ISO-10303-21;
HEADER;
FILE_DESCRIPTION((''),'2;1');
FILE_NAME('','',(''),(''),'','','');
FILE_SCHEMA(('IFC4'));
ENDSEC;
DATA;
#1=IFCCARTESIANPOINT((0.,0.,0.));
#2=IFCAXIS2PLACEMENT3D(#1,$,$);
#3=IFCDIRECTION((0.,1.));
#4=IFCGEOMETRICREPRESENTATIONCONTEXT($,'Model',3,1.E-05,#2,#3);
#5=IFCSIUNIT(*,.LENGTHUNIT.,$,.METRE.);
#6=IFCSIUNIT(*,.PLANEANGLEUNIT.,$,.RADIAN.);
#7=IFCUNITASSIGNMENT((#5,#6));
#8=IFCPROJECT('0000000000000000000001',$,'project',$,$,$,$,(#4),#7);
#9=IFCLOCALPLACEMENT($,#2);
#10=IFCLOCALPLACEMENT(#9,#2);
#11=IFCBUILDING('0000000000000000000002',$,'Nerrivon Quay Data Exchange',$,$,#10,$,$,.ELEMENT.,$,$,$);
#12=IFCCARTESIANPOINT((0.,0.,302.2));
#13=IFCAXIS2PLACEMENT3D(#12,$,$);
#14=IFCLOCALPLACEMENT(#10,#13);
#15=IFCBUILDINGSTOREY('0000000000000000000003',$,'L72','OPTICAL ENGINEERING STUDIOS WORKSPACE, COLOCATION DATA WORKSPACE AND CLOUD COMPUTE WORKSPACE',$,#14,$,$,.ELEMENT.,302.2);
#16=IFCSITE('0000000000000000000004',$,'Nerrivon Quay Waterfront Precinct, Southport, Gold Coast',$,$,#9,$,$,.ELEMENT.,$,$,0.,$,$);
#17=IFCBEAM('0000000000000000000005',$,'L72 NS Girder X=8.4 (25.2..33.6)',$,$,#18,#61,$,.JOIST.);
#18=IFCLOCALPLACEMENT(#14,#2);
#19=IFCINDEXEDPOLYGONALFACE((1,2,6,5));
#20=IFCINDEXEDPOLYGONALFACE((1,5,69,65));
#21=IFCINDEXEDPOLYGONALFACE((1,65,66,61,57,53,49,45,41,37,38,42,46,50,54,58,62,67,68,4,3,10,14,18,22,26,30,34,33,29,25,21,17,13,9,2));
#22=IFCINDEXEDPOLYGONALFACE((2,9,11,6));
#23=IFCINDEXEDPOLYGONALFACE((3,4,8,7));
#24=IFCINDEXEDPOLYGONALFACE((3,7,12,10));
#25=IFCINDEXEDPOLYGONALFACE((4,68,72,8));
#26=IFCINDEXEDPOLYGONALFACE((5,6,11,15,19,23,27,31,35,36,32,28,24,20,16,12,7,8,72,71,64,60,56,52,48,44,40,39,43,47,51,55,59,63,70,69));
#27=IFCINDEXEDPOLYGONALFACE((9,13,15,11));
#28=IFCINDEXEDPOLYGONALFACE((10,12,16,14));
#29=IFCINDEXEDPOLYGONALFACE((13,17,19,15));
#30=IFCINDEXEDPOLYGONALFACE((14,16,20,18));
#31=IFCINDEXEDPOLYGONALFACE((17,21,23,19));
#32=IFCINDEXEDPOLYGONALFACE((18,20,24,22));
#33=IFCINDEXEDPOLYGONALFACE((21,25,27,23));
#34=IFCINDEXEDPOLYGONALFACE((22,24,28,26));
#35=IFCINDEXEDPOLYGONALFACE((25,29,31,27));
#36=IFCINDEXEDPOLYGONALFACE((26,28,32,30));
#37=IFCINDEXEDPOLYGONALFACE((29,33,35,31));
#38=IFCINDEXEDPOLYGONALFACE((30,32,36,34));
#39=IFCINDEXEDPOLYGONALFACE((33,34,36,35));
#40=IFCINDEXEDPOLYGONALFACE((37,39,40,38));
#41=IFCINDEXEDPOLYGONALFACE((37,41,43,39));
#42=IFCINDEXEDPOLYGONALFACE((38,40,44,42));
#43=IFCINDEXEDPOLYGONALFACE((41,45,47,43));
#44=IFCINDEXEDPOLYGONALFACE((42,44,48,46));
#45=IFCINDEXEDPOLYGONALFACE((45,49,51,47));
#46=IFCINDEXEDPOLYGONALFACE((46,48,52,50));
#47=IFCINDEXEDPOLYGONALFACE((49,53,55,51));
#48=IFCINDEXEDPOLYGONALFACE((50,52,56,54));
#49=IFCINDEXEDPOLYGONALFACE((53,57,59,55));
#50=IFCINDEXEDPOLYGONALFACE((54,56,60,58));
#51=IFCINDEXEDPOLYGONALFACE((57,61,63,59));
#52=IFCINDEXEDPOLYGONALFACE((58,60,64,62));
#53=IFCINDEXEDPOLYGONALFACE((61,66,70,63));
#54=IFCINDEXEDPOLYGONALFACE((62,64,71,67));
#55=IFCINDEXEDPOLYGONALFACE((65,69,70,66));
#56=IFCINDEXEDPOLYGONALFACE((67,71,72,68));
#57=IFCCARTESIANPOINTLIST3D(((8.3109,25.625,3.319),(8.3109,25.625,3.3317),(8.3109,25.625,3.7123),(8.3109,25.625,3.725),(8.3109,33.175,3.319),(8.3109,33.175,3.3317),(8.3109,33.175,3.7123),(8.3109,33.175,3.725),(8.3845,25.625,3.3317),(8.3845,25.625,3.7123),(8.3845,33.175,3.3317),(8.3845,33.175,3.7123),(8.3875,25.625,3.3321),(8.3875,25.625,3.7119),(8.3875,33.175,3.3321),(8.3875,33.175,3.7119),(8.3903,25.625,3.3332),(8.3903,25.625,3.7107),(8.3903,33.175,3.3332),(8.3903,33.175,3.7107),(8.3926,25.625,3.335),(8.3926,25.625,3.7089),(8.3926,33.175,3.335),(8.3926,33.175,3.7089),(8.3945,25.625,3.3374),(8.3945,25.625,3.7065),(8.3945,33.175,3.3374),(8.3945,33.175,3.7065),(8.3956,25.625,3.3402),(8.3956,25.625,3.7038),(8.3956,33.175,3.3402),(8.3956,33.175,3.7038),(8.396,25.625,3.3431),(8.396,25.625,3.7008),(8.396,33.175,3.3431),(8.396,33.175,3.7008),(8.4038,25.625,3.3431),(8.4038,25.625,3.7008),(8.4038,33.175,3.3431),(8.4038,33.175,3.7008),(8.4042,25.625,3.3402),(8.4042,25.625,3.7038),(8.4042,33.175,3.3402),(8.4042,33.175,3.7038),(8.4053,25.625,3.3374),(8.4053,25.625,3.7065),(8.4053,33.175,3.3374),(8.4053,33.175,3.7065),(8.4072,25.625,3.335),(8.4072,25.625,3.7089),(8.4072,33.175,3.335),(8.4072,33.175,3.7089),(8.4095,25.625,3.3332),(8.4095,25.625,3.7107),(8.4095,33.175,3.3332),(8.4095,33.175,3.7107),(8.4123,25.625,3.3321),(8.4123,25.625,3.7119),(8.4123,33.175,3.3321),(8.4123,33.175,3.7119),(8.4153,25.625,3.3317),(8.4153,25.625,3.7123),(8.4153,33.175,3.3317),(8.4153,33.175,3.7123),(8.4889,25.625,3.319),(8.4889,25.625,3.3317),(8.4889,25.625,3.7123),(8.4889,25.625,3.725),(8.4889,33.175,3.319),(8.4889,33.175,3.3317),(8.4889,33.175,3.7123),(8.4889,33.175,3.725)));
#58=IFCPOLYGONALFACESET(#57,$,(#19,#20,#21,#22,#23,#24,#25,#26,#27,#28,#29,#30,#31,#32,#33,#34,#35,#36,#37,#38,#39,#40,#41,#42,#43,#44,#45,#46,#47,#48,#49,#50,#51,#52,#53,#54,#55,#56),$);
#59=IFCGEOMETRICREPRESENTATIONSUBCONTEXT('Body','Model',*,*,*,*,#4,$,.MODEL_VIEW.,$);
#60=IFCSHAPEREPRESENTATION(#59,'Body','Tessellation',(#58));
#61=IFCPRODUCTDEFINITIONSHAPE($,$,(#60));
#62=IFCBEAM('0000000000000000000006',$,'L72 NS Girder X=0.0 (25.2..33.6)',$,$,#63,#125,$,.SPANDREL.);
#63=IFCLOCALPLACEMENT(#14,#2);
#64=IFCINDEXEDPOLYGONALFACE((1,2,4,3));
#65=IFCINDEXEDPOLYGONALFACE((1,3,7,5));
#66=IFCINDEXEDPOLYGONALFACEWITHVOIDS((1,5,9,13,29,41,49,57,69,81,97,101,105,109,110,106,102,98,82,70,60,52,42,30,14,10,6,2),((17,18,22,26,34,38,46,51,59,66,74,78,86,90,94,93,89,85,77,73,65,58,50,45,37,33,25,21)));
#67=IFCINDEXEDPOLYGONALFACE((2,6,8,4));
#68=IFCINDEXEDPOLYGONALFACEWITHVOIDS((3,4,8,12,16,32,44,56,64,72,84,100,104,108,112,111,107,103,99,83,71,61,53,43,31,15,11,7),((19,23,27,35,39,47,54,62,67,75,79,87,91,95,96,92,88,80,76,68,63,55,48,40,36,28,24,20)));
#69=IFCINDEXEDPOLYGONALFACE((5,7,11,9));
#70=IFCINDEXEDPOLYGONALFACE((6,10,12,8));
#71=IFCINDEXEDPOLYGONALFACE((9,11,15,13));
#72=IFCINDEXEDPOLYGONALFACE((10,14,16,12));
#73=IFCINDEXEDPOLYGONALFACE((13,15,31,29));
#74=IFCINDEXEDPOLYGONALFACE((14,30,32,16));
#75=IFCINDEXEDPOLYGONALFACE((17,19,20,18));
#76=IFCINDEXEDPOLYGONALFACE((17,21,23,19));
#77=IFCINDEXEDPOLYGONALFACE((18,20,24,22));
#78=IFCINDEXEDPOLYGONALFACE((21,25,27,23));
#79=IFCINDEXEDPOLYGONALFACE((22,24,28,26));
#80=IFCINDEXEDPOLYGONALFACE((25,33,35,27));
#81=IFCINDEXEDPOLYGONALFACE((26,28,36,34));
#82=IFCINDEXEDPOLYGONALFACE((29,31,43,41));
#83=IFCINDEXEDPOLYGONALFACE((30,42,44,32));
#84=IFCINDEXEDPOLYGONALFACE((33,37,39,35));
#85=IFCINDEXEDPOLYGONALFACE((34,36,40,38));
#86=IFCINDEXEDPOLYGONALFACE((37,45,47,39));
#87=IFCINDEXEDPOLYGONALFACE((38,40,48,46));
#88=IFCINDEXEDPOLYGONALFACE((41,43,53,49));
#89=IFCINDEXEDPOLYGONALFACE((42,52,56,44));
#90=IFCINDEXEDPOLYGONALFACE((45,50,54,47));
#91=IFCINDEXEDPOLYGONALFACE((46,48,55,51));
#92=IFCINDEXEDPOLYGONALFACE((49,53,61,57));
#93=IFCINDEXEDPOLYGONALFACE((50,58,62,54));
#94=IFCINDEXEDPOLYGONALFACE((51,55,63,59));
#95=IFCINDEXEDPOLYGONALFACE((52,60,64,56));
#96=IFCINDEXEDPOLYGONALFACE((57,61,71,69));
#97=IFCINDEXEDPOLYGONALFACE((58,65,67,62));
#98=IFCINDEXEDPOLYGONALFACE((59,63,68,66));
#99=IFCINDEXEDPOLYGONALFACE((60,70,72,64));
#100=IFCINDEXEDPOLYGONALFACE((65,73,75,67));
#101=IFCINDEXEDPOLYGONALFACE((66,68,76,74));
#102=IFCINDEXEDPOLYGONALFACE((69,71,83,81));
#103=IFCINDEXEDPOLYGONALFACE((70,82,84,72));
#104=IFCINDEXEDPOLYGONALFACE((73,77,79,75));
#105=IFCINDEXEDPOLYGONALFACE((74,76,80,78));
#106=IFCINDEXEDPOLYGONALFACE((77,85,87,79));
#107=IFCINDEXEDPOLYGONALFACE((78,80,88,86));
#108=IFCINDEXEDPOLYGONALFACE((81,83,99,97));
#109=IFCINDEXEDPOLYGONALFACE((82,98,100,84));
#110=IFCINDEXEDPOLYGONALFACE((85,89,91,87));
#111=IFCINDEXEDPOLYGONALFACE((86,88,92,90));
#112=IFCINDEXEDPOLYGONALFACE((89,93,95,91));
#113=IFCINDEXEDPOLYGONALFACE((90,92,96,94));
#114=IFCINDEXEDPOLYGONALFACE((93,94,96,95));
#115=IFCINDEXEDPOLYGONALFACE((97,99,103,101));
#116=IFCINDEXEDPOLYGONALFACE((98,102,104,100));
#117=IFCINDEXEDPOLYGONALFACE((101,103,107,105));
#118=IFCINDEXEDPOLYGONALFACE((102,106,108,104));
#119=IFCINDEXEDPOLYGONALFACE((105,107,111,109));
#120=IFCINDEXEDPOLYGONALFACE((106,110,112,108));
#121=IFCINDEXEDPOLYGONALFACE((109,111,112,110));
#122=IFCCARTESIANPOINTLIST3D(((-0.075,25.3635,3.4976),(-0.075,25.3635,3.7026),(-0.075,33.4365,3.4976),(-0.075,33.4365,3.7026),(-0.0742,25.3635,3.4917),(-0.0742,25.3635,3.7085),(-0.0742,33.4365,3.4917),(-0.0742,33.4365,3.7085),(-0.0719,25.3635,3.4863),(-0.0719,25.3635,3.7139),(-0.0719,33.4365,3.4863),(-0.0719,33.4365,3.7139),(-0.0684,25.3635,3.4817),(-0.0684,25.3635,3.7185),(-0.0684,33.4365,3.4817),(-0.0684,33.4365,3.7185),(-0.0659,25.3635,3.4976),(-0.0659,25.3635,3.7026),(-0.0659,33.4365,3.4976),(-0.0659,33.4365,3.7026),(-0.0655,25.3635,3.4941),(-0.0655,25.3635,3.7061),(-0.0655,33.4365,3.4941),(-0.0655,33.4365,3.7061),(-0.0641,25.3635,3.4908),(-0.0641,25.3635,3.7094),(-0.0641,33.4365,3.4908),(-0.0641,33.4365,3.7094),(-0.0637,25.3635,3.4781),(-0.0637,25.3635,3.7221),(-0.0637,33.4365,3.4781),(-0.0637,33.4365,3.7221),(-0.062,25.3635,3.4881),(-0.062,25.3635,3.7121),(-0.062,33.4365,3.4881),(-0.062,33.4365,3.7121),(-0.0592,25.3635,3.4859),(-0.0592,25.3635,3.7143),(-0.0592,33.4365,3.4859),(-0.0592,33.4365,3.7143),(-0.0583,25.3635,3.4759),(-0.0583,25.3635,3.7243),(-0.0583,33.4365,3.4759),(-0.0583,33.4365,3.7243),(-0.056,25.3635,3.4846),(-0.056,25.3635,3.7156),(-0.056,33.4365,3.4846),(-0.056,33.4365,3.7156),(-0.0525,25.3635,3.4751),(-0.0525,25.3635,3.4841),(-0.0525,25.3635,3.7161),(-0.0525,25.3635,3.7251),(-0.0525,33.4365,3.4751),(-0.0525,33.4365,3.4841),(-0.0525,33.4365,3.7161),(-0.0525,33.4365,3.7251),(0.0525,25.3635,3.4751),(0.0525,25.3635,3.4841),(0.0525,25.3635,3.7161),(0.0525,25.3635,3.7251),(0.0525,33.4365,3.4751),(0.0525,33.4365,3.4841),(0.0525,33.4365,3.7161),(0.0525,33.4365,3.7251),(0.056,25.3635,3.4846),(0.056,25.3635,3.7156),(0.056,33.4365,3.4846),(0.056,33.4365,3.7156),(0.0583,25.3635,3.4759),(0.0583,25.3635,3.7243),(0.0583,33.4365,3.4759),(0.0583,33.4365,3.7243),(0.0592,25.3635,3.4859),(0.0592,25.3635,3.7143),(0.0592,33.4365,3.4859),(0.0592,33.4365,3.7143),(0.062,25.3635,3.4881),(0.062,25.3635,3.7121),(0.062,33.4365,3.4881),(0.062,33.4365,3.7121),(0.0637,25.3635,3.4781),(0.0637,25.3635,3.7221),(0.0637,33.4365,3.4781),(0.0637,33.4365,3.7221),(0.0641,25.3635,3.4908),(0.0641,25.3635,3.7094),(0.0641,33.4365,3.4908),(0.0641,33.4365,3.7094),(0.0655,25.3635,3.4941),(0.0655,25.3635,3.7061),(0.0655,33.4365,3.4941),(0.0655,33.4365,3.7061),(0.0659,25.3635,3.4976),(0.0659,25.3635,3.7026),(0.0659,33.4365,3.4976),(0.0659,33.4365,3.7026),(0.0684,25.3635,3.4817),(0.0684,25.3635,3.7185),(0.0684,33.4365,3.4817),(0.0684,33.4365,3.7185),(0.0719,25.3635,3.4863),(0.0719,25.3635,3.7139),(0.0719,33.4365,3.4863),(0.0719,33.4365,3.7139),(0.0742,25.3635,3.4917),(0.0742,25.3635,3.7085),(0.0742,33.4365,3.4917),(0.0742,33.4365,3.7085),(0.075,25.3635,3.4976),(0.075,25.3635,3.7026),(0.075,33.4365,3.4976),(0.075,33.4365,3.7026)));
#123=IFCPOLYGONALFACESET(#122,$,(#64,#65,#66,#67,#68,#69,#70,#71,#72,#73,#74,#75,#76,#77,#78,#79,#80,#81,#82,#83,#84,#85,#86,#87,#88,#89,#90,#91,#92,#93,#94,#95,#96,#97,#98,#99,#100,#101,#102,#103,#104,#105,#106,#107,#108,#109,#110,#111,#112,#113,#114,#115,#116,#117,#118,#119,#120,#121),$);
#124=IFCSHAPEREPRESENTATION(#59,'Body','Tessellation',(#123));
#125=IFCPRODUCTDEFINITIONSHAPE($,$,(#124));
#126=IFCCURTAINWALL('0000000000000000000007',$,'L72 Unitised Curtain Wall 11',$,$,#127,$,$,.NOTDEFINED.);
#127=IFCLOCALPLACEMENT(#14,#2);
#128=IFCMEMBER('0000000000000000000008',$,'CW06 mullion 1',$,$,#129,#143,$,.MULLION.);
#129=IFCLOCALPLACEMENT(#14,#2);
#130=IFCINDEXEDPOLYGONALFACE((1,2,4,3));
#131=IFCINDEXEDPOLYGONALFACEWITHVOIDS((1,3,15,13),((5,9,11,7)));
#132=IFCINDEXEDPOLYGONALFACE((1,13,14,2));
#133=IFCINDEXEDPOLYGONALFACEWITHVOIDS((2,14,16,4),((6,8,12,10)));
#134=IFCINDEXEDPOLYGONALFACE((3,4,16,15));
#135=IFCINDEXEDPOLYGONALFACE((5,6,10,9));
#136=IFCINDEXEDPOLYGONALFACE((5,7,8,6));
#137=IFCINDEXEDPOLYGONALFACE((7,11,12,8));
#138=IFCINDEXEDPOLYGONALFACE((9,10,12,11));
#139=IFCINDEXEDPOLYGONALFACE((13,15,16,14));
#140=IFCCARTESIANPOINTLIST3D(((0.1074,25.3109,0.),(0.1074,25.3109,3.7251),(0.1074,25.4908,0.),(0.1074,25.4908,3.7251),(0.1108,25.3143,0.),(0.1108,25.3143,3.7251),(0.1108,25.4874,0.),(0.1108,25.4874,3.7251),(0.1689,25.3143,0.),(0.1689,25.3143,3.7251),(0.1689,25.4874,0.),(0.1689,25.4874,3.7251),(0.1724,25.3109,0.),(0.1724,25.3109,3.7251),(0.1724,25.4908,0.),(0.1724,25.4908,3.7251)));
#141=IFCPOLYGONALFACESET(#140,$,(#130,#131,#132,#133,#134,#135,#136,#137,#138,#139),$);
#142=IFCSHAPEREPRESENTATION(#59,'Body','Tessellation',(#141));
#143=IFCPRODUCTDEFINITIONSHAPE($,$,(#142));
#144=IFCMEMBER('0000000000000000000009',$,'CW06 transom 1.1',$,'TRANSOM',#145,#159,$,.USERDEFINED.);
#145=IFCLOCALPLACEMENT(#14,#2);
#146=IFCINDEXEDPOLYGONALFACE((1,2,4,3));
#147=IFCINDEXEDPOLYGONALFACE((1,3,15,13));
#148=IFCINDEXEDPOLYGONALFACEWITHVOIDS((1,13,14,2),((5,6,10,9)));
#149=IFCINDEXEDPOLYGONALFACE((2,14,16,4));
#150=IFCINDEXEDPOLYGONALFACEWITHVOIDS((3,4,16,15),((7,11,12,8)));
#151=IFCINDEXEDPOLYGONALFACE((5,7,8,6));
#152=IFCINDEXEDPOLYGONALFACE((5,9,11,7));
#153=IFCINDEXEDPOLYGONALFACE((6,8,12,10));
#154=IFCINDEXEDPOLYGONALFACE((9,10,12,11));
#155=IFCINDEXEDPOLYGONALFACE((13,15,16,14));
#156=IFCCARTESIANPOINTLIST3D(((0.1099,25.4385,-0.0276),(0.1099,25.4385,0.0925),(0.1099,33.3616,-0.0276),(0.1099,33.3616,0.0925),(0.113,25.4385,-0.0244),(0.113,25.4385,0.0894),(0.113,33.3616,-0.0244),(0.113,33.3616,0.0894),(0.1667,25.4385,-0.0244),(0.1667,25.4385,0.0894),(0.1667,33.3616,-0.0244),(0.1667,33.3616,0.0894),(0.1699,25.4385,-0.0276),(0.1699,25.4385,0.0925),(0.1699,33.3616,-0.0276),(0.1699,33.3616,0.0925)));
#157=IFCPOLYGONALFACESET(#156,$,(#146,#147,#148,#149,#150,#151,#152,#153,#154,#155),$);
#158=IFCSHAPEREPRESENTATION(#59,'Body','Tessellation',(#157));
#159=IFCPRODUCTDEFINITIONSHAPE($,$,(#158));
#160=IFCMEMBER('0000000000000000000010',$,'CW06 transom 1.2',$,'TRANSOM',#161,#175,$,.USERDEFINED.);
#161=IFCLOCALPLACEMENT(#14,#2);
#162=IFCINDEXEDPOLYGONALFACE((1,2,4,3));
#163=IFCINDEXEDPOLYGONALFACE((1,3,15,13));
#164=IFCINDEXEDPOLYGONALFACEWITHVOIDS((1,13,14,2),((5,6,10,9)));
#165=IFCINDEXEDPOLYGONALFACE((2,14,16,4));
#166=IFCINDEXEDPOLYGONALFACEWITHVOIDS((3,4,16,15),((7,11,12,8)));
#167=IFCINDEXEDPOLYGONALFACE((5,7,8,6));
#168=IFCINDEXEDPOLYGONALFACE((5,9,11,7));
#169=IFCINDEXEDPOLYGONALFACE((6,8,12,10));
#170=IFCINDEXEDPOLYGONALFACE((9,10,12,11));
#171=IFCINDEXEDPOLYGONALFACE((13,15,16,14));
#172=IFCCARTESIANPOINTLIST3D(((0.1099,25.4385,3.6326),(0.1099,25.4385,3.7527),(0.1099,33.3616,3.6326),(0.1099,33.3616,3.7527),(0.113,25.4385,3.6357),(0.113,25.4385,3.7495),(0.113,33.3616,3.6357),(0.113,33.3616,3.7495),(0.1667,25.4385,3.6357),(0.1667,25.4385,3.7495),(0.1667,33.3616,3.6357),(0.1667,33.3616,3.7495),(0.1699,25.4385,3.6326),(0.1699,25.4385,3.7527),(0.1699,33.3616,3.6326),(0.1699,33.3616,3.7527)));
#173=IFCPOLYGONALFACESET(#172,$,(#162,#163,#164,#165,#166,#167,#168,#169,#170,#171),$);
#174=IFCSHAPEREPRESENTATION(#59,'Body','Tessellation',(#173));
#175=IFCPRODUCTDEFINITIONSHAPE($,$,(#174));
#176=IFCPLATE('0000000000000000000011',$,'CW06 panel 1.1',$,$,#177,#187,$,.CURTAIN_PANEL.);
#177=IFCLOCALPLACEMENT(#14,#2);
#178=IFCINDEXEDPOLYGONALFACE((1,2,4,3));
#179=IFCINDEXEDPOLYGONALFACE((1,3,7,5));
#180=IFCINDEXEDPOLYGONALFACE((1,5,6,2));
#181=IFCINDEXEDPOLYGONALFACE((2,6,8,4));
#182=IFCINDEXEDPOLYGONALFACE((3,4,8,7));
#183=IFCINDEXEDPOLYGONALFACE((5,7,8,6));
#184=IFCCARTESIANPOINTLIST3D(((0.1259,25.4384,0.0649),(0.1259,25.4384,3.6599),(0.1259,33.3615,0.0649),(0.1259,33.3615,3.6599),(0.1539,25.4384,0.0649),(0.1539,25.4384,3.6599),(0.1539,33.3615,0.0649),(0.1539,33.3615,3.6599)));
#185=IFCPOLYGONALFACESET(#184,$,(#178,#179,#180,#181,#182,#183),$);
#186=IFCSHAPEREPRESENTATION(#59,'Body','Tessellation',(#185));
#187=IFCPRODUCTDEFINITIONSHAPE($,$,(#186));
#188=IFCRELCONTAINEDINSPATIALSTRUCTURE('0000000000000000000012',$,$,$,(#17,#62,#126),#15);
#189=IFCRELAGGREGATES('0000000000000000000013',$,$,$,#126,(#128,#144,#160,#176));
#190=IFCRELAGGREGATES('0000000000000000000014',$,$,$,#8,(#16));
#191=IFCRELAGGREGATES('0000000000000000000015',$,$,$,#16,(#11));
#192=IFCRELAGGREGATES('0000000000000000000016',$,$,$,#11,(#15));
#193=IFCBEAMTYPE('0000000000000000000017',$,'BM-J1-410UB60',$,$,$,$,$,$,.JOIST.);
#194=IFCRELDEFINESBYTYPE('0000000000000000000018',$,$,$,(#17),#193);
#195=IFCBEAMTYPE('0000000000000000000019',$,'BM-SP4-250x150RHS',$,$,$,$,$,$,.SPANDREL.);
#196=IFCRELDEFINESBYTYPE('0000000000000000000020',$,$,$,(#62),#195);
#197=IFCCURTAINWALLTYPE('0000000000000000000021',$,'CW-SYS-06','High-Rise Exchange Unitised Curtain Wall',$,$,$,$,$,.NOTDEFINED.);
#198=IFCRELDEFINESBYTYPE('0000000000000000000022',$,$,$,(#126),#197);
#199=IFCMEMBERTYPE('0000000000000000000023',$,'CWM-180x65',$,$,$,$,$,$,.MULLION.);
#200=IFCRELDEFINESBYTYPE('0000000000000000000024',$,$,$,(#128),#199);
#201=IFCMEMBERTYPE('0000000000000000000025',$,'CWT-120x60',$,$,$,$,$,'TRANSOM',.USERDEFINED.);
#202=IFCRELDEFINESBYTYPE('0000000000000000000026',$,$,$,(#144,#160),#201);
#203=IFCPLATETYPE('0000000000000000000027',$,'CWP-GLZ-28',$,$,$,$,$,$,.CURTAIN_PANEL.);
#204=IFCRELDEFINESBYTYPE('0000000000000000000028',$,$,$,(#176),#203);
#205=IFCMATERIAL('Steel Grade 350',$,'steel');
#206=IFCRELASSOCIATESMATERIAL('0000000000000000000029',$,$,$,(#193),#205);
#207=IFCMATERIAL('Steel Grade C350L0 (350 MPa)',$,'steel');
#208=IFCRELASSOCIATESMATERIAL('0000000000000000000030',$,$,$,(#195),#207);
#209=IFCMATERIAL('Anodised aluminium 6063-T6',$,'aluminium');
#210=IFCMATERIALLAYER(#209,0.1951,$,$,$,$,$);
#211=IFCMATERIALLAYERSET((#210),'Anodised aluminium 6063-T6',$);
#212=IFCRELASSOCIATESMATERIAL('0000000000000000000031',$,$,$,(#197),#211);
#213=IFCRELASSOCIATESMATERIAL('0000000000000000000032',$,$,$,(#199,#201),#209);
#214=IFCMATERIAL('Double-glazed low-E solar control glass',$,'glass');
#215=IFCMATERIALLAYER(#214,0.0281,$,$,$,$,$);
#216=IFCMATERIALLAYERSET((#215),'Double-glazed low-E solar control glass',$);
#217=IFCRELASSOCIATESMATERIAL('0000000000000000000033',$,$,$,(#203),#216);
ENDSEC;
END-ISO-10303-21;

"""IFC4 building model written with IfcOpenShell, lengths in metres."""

from ifc_helpers import new_model, si_unit, direction, frame, origin, origin_2d, place, context, subcontext, project, spatial, rectangle, hollow_rectangle, i_section, extrude, material, layer, layer_set, material_profile, profile_set, type_object, element, aggregate, save


model = new_model("IFC4")

# Units and contexts
model_context = context("Model", 3, precision=1e-05, world=origin(), true_north=direction((0.0, 1.0)))
body_context = subcontext(model_context, "Body", "Model", "MODEL_VIEW")
ifc_project = project(units=[si_unit("LENGTHUNIT", "METRE"), si_unit("PLANEANGLEUNIT", "RADIAN")], contexts=[model_context])

# Site, building, storey
site_placement = place(None, origin())
site = spatial("IfcSite", under=ifc_project, at=site_placement, Name="Nerrivon Quay Waterfront Precinct, Southport, Gold Coast", CompositionType="ELEMENT", RefElevation=0.0)
building_placement = place(site_placement, origin())
building = spatial("IfcBuilding", under=site, at=building_placement, Name="Nerrivon Quay Data Exchange", CompositionType="ELEMENT")
storey_placement = place(building_placement, frame((0.0, 0.0, 302.2)))
storey = spatial("IfcBuildingStorey", under=building, at=storey_placement, Name="L72", Description="OPTICAL ENGINEERING STUDIOS WORKSPACE, COLOCATION DATA WORKSPACE AND CLOUD COMPUTE WORKSPACE", CompositionType="ELEMENT", Elevation=302.2)

# Beams
ifc_material_1 = material(Name="Steel Grade 350", Category="steel")
ifc_material_profile_1 = material_profile(ifc_material_1, i_section(OverallWidth=0.178, OverallDepth=0.406, WebThickness=0.0078, FlangeThickness=0.0127, FilletRadius=0.0115, at=origin_2d()), Name="410UB59.7")
ifc_profile_set_1 = profile_set([ifc_material_profile_1], Name="Steel Grade 350")
beam_type_1 = type_object("IfcBeamType", Name="BM-J1-410UB60", PredefinedType="JOIST", material=ifc_profile_set_1)
beam_1_placement = place(storey_placement, frame((8.3999, 25.625, 3.522), z_axis=(0.0, 1.0, 0.0), x_axis=(-1.0, 0.0, 0.0)))
element("IfcBeam", 1, at=beam_1_placement, inside=storey, type_object=beam_type_1, Name="L72 NS Girder X=8.4 (25.2..33.6)", PredefinedType="JOIST", context=body_context, shape_type="SweptSolid", body=[
    extrude(i_section(OverallWidth=0.178, OverallDepth=0.406, WebThickness=0.0078, FlangeThickness=0.0127, FilletRadius=0.0115, at=origin_2d()), origin(), (0.0, 0.0, 1.0), 7.55),
])
ifc_material_2 = material(Name="Steel Grade C350L0 (350 MPa)", Category="steel")
ifc_material_profile_2 = material_profile(ifc_material_2, hollow_rectangle(XDim=0.1499, YDim=0.25, WallThickness=0.009, InnerFilletRadius=0.0134, OuterFilletRadius=0.0225, at=origin_2d()), Name="250x150x9.0RHS")
ifc_profile_set_2 = profile_set([ifc_material_profile_2], Name="Steel Grade C350L0 (350 MPa)")
beam_type_2 = type_object("IfcBeamType", Name="BM-SP4-250x150RHS", PredefinedType="SPANDREL", material=ifc_profile_set_2)
beam_2_placement = place(storey_placement, frame((0.0, 25.3635, 3.6001), z_axis=(0.0, 1.0, 0.0), x_axis=(-1.0, 0.0, 0.0)))
element("IfcBeam", 2, at=beam_2_placement, inside=storey, type_object=beam_type_2, Name="L72 NS Girder X=0.0 (25.2..33.6)", PredefinedType="SPANDREL", context=body_context, shape_type="SweptSolid", body=[
    extrude(hollow_rectangle(XDim=0.1499, YDim=0.25, WallThickness=0.009, InnerFilletRadius=0.0134, OuterFilletRadius=0.0225, at=origin_2d()), origin(), (0.0, 0.0, 1.0), 8.073),
])

# Curtain wall, members, plate
ifc_material_3 = material(Name="Anodised aluminium 6063-T6", Category="aluminium")
ifc_layer_1 = layer(ifc_material_3, 0.1951)
ifc_layer_set_1 = layer_set([ifc_layer_1], Name="Anodised aluminium 6063-T6")
curtain_wall_type = type_object("IfcCurtainWallType", Name="CW-SYS-06", Description="High-Rise Exchange Unitised Curtain Wall", PredefinedType="NOTDEFINED", material=ifc_layer_set_1)
curtain_wall_placement = place(storey_placement, origin())
curtain_wall = element("IfcCurtainWall", 3, at=curtain_wall_placement, inside=storey, type_object=curtain_wall_type, Name="L72 Unitised Curtain Wall 11", PredefinedType="NOTDEFINED")
ifc_material_profile_3 = material_profile(ifc_material_3, hollow_rectangle(XDim=0.0649, YDim=0.1799, WallThickness=0.0034, at=origin_2d()), Name="ALU-MULL-180x65")
ifc_profile_set_3 = profile_set([ifc_material_profile_3], Name="Anodised aluminium 6063-T6")
member_type_1 = type_object("IfcMemberType", Name="CWM-180x65", PredefinedType="MULLION", material=ifc_profile_set_3)
member_1_placement = place(storey_placement, frame((0.1399, 25.4009, 0.0), z_axis=(0.0, 0.0, 1.0), x_axis=(-1.0, 0.0, 0.0)))
member_1 = element("IfcMember", 4, at=member_1_placement, type_object=member_type_1, Name="CW06 mullion 1", PredefinedType="MULLION", context=body_context, shape_type="SweptSolid", body=[
    extrude(hollow_rectangle(XDim=0.0649, YDim=0.1799, WallThickness=0.0034, at=origin_2d()), origin(), (0.0, 0.0, 1.0), 3.7251),
])
ifc_material_profile_4 = material_profile(ifc_material_3, hollow_rectangle(XDim=0.0601, YDim=0.1201, WallThickness=0.0032, at=origin_2d()), Name="ALU-TRAN-120x60")
ifc_profile_set_4 = profile_set([ifc_material_profile_4], Name="Anodised aluminium 6063-T6")
member_type_2 = type_object("IfcMemberType", Name="CWT-120x60", ElementType="TRANSOM", PredefinedType="USERDEFINED", material=ifc_profile_set_4)
member_2_placement = place(storey_placement, frame((0.1399, 25.4385, 0.0325), z_axis=(0.0, 1.0, 0.0), x_axis=(-1.0, 0.0, 0.0)))
member_2 = element("IfcMember", 5, at=member_2_placement, type_object=member_type_2, Name="CW06 transom 1.1", ObjectType="TRANSOM", PredefinedType="USERDEFINED", context=body_context, shape_type="SweptSolid", body=[
    extrude(hollow_rectangle(XDim=0.0601, YDim=0.1201, WallThickness=0.0032, at=origin_2d()), origin(), (0.0, 0.0, 1.0), 7.9231),
])
member_3_placement = place(storey_placement, frame((0.1399, 25.4385, 3.6926), z_axis=(0.0, 1.0, 0.0), x_axis=(-1.0, 0.0, 0.0)))
member_3 = element("IfcMember", 6, at=member_3_placement, type_object=member_type_2, Name="CW06 transom 1.2", ObjectType="TRANSOM", PredefinedType="USERDEFINED", context=body_context, shape_type="SweptSolid", body=[
    extrude(hollow_rectangle(XDim=0.0601, YDim=0.1201, WallThickness=0.0032, at=origin_2d()), origin(), (0.0, 0.0, 1.0), 7.9231),
])
ifc_material_4 = material(Name="Double-glazed low-E solar control glass", Category="glass")
ifc_layer_2 = layer(ifc_material_4, 0.0281)
ifc_layer_set_2 = layer_set([ifc_layer_2], Name="Double-glazed low-E solar control glass")
plate_type = type_object("IfcPlateType", Name="CWP-GLZ-28", PredefinedType="CURTAIN_PANEL", material=ifc_layer_set_2)
plate_placement = place(storey_placement, frame((0.1399, 29.3999, 0.0649), z_axis=(0.0, 0.0, 1.0), x_axis=(0.0, 1.0, 0.0)))
plate = element("IfcPlate", 7, at=plate_placement, type_object=plate_type, Name="CW06 panel 1.1", PredefinedType="CURTAIN_PANEL", context=body_context, shape_type="SweptSolid", body=[
    extrude(rectangle(XDim=7.9231, YDim=0.0281, at=origin_2d()), origin(), (0.0, 0.0, 1.0), 3.595),
])
aggregate(curtain_wall, [member_1, member_2, member_3, plate])

save(model, "model.ifc")
